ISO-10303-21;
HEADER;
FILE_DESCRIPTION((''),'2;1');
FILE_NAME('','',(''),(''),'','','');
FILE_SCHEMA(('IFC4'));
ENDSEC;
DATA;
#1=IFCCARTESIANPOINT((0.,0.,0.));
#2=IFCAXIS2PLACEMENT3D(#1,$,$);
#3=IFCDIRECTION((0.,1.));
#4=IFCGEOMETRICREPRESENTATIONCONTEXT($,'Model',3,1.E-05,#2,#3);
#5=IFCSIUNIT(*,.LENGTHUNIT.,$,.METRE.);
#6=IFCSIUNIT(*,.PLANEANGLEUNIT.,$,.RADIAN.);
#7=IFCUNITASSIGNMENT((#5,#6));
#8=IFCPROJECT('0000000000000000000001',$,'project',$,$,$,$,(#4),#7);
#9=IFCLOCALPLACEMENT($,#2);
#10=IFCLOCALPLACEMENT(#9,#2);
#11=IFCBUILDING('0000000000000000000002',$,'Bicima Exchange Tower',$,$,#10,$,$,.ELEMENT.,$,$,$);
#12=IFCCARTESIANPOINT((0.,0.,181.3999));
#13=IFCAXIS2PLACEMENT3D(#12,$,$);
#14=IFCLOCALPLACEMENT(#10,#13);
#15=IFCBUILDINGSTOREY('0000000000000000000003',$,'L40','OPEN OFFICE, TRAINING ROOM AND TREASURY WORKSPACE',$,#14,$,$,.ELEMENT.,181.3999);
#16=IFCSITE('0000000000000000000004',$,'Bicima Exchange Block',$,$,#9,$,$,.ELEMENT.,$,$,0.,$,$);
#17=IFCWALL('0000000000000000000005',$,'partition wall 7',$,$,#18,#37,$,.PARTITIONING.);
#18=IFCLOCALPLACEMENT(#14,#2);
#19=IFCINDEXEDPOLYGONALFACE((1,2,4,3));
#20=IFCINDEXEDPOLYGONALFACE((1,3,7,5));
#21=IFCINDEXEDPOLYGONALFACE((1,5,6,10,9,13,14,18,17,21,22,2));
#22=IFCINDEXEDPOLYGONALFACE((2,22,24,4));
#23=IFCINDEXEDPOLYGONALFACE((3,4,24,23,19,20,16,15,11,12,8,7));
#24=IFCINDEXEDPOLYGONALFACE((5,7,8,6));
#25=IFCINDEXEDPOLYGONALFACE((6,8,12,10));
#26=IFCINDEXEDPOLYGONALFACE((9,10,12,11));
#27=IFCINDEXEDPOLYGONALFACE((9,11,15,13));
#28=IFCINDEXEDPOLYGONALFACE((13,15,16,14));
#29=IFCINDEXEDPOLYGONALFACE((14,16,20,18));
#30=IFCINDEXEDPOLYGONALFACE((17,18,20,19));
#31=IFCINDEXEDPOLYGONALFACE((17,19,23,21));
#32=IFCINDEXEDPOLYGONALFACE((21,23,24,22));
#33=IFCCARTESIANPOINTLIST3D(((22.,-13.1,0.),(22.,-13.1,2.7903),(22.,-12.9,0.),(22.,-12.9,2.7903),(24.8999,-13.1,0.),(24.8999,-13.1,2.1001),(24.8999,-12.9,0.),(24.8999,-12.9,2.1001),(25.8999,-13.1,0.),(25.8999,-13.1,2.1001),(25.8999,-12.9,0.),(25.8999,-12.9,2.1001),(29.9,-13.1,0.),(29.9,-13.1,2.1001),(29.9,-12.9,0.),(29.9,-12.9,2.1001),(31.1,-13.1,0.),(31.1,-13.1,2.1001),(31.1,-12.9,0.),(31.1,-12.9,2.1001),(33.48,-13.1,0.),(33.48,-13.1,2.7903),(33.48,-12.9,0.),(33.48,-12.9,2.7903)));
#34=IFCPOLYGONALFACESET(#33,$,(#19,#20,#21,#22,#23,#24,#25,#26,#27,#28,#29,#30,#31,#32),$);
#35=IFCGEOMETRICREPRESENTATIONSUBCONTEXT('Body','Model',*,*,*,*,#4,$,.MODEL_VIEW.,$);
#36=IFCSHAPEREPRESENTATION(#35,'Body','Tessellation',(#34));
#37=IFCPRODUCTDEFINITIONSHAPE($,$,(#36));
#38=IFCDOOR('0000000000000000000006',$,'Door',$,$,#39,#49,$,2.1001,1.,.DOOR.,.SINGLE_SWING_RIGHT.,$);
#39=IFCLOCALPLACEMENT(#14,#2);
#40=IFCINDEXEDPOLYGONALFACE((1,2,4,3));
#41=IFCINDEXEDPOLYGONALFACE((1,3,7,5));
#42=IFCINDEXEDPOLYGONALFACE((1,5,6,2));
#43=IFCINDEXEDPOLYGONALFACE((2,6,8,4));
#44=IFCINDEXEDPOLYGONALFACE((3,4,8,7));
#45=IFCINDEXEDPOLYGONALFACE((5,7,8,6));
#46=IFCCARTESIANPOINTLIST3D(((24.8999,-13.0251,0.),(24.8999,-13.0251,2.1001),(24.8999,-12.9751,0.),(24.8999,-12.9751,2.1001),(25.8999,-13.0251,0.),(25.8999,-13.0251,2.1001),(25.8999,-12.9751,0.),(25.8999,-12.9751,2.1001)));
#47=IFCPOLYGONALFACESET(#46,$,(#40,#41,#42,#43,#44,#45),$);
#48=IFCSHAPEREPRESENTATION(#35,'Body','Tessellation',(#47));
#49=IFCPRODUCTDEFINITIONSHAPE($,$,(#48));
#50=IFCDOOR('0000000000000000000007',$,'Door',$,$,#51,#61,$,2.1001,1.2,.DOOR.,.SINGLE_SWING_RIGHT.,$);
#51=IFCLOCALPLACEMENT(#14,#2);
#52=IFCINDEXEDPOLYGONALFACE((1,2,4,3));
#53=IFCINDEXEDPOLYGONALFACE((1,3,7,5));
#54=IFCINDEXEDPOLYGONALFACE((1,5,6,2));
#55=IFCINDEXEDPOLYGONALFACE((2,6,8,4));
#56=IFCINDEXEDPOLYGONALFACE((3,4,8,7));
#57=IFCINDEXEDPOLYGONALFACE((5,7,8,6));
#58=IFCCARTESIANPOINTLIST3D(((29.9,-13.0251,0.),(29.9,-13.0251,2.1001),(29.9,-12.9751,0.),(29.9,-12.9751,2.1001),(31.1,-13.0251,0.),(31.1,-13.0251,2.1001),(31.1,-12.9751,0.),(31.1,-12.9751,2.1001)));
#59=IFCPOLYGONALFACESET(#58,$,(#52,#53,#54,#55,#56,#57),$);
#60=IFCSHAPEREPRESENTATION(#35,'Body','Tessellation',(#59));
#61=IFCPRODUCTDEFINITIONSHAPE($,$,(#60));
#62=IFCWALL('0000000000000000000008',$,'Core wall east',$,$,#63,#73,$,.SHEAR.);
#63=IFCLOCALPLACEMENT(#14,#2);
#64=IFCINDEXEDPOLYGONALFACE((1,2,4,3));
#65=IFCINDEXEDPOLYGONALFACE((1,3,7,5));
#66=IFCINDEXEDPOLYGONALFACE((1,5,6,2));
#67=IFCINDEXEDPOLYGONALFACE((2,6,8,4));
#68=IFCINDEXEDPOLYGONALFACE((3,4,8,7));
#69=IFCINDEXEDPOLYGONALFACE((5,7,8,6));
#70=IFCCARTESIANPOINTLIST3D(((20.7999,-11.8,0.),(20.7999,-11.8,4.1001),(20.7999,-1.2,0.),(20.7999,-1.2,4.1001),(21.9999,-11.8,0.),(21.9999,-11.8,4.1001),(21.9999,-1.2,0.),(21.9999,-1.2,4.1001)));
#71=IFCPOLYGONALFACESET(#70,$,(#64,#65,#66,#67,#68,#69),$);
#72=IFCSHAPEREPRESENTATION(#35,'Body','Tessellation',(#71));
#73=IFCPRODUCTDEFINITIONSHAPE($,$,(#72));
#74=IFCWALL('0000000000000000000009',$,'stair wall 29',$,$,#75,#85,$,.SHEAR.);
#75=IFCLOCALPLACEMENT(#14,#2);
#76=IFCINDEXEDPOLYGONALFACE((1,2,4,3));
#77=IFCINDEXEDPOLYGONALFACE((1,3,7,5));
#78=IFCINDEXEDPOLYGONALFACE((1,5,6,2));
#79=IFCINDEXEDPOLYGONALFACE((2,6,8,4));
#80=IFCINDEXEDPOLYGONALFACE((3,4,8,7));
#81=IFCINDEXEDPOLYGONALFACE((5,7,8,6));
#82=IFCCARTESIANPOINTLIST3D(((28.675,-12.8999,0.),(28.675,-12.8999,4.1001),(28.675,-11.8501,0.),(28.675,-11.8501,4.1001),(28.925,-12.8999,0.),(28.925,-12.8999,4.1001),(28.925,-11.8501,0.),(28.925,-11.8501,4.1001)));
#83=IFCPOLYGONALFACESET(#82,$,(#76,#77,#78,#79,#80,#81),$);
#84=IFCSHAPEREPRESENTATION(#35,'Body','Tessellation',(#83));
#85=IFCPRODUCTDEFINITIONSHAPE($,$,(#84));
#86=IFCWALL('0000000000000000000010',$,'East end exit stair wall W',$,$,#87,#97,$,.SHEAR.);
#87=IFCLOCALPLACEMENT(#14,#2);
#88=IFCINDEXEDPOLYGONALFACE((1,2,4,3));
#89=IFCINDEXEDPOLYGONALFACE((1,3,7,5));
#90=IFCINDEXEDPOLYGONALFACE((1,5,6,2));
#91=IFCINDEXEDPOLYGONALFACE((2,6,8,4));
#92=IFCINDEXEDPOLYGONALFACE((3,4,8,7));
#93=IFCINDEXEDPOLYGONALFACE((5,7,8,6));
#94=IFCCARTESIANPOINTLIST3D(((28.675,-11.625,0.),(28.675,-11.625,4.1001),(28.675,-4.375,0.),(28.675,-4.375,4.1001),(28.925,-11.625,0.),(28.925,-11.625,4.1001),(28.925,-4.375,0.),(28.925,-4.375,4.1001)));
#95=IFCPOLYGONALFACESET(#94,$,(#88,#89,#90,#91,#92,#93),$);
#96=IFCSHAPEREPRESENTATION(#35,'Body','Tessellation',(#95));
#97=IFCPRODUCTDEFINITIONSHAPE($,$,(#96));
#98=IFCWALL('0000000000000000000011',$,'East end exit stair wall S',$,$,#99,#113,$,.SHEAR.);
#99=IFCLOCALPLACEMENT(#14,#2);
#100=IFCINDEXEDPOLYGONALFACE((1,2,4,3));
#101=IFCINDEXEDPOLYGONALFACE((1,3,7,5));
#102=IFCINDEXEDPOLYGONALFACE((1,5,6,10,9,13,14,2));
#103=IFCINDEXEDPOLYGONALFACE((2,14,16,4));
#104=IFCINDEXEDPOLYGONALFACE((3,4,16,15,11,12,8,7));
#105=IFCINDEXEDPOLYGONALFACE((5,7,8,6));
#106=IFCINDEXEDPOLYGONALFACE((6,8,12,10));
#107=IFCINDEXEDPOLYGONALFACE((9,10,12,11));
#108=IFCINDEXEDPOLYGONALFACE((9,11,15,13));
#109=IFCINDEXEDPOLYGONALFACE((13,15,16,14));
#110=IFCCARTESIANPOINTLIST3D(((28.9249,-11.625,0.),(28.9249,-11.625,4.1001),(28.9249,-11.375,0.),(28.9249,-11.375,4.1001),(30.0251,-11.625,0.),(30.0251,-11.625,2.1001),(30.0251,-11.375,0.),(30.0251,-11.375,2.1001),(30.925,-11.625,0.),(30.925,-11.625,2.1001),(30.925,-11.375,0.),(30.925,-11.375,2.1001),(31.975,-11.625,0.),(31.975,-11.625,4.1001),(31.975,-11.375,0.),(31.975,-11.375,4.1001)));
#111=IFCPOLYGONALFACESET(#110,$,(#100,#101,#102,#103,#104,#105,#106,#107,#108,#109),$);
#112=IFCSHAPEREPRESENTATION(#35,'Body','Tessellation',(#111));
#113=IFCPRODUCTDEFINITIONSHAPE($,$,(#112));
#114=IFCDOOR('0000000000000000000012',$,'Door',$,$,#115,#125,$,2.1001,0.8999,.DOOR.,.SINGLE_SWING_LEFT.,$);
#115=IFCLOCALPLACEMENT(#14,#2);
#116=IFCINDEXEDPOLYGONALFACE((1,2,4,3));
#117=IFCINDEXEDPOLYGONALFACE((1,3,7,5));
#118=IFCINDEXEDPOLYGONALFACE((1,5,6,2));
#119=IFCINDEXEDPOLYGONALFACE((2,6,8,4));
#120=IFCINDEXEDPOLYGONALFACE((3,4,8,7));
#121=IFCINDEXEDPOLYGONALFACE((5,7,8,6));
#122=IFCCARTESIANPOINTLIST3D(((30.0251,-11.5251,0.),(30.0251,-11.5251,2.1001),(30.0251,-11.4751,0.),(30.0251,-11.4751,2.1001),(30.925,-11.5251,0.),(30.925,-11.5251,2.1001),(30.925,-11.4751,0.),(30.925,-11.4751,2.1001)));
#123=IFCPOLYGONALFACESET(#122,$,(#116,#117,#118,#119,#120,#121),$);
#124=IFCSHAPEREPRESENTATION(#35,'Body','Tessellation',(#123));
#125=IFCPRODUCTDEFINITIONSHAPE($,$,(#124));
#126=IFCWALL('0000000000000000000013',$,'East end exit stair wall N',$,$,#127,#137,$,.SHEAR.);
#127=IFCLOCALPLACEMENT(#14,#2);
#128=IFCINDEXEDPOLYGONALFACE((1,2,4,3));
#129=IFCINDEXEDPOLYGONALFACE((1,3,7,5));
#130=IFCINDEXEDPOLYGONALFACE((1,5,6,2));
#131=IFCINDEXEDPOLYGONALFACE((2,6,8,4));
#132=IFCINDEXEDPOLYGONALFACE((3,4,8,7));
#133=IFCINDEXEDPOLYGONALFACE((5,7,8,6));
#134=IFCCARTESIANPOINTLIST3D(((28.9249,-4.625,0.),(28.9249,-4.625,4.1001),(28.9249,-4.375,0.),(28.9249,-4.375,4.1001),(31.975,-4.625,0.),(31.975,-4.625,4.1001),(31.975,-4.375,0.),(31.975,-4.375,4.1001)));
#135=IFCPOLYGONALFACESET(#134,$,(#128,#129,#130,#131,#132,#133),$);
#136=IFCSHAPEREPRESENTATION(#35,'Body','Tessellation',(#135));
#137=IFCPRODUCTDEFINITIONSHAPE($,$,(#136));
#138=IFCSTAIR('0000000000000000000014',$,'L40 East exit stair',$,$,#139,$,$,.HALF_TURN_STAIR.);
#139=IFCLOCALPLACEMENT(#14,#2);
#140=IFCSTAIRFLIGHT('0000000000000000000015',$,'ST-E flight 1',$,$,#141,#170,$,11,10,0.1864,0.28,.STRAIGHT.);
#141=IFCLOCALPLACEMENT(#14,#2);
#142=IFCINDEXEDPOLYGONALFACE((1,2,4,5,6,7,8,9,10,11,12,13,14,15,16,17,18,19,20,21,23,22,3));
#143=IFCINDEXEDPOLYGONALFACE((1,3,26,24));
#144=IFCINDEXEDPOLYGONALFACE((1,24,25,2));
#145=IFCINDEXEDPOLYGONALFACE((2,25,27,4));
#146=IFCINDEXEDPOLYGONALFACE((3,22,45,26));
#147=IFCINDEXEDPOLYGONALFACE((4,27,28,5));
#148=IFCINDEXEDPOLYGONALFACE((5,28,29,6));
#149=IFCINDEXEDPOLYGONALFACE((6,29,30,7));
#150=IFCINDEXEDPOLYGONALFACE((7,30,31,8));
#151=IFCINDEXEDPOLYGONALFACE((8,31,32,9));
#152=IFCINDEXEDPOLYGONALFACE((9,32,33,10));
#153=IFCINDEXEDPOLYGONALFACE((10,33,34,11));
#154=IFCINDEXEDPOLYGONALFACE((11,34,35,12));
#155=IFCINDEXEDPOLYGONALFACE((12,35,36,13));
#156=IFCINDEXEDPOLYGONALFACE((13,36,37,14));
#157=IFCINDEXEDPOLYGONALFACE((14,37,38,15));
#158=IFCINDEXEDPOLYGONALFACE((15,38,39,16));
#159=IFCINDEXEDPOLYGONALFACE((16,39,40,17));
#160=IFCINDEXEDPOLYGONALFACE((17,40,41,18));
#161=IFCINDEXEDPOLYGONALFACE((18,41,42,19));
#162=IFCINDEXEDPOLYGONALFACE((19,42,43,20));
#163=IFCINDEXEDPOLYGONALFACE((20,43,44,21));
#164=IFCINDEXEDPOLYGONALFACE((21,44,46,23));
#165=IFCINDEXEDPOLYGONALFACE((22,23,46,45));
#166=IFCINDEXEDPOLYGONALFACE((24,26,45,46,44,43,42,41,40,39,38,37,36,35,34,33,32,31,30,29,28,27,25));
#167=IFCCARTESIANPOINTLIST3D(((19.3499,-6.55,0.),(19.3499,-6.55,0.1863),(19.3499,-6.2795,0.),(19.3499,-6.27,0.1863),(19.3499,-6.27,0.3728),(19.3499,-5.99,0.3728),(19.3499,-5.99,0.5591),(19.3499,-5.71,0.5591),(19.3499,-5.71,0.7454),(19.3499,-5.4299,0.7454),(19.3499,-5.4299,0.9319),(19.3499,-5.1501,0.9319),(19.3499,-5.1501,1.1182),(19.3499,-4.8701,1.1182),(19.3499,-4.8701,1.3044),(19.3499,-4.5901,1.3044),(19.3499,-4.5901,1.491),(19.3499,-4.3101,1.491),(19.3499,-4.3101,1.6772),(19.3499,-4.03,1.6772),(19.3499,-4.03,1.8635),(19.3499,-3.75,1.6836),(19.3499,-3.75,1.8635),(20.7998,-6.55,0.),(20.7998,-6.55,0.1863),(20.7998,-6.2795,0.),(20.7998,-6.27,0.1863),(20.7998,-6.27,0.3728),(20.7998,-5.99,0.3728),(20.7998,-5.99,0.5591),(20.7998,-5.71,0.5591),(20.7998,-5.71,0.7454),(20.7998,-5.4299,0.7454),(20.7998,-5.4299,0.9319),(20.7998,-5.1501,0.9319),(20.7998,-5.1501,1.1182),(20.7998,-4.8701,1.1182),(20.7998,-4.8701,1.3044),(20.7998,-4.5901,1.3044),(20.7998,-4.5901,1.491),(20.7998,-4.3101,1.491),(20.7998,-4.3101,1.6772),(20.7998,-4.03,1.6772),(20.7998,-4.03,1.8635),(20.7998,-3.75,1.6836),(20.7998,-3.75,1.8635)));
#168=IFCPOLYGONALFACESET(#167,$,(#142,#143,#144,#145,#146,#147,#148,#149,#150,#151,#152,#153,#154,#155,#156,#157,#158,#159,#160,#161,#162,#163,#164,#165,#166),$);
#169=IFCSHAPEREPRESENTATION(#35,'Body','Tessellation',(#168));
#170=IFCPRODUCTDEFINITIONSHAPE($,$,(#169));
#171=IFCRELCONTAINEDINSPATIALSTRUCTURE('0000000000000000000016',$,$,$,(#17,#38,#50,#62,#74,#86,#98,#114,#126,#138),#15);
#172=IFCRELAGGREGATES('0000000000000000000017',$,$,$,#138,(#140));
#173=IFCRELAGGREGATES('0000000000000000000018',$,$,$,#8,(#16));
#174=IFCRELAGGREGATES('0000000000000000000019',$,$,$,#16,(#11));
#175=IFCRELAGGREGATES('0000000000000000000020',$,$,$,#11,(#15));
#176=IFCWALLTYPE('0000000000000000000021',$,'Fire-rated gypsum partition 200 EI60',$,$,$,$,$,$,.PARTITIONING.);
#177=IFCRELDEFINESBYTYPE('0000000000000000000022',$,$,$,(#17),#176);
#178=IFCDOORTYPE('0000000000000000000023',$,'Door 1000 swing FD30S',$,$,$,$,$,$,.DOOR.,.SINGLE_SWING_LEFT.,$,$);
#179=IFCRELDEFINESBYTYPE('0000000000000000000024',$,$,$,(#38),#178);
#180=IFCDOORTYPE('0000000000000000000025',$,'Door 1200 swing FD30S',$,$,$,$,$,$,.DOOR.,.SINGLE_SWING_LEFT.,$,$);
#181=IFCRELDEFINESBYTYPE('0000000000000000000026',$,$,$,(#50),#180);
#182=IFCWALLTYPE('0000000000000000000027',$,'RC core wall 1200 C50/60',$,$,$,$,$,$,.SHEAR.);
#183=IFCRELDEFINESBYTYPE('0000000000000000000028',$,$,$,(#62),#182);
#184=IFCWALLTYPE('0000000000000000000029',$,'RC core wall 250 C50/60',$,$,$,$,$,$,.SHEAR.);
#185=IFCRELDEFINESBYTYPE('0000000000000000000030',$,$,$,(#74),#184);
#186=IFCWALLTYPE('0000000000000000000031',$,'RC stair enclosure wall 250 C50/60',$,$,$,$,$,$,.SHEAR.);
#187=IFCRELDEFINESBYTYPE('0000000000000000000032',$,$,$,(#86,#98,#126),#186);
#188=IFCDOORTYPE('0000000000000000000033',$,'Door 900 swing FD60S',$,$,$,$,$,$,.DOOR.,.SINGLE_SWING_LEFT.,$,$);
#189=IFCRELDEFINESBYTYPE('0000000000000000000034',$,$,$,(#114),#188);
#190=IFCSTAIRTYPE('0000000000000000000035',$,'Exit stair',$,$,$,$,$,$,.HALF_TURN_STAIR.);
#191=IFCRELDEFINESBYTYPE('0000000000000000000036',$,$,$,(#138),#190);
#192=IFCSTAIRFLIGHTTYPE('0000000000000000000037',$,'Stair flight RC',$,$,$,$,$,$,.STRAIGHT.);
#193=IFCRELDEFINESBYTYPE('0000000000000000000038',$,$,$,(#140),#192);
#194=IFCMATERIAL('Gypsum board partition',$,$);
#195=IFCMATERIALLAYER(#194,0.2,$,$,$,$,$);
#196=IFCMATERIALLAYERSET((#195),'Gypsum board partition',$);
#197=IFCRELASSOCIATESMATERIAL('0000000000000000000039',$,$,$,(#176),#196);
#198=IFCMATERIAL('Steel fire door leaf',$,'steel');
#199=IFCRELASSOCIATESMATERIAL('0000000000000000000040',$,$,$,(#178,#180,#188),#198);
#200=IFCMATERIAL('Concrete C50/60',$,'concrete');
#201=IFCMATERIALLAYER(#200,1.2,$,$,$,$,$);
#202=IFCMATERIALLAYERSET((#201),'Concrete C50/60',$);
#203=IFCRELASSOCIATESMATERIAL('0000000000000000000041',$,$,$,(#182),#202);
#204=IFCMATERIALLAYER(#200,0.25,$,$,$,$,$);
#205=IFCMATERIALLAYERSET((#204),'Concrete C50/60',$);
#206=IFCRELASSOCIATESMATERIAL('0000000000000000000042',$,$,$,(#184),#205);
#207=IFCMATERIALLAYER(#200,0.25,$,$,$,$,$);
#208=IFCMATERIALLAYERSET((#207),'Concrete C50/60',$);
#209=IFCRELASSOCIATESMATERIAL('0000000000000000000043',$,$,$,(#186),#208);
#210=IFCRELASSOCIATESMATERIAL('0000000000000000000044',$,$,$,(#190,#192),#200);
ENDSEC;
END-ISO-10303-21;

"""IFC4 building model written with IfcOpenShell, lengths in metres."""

from ifc_helpers import new_model, si_unit, direction, frame, frame_2d, origin, place, context, subcontext, project, spatial, polyline, rectangle, outline, extrude, material, layer, layer_set, type_object, element, fill, aggregate, save


model = new_model("IFC4")

# Units and contexts
model_context = context("Model", 3, precision=1e-05, world=origin(), true_north=direction((0.0, 1.0)))
body_context = subcontext(model_context, "Body", "Model", "MODEL_VIEW")
ifc_project = project(units=[si_unit("LENGTHUNIT", "METRE"), si_unit("PLANEANGLEUNIT", "RADIAN")], contexts=[model_context])

# Site, building, storey
site_placement = place(None, origin())
site = spatial("IfcSite", under=ifc_project, at=site_placement, Name="Bicima Exchange Block", CompositionType="ELEMENT", RefElevation=0.0)
building_placement = place(site_placement, origin())
building = spatial("IfcBuilding", under=site, at=building_placement, Name="Bicima Exchange Tower", CompositionType="ELEMENT")
storey_placement = place(building_placement, frame((0.0, 0.0, 181.3999)))
storey = spatial("IfcBuildingStorey", under=building, at=storey_placement, Name="L40", Description="OPEN OFFICE, TRAINING ROOM AND TREASURY WORKSPACE", CompositionType="ELEMENT", Elevation=181.3999)

# Wall, openings, doors
ifc_material_1 = material(Name="Gypsum board partition")
ifc_layer_1 = layer(ifc_material_1, 0.2)
ifc_layer_set_1 = layer_set([ifc_layer_1], Name="Gypsum board partition")
wall_type_1 = type_object("IfcWallType", Name="Fire-rated gypsum partition 200 EI60", PredefinedType="PARTITIONING", material=ifc_layer_set_1)
wall_1_placement = place(storey_placement, frame((22.0, -13.0, 0.0), z_axis=(0.0, 0.0, 1.0), x_axis=(1.0, 0.0, 0.0)))
wall_1 = element("IfcWall", 1, at=wall_1_placement, inside=storey, type_object=wall_type_1, Name="partition wall 7", PredefinedType="PARTITIONING", context=body_context, shape_type="SweptSolid", body=[
    extrude(rectangle(XDim=11.48, YDim=0.2, at=frame_2d((5.74, 0.0))), origin(), (0.0, 0.0, 1.0), 2.7903),
])
opening_1_placement = place(wall_1_placement, frame((7.8999, 0.0, 0.0)))
opening_1 = element("IfcOpeningElement", 2, at=opening_1_placement, cuts=wall_1, PredefinedType="OPENING", context=body_context, shape_type="SweptSolid", body=[
    extrude(rectangle(XDim=1.2, YDim=2.1001, at=frame_2d((0.6001, 1.05))), frame((0.0, 0.1118, 0.0), z_axis=(0.0, -1.0, 0.0), x_axis=(1.0, 0.0, 0.0)), (0.0, 0.0, 1.0), 0.2239),
])
opening_2_placement = place(wall_1_placement, frame((2.8999, 0.0, 0.0)))
opening_2 = element("IfcOpeningElement", 3, at=opening_2_placement, cuts=wall_1, PredefinedType="OPENING", context=body_context, shape_type="SweptSolid", body=[
    extrude(rectangle(XDim=1.0, YDim=2.1001, at=frame_2d((0.5, 1.05))), frame((0.0, 0.1118, 0.0), z_axis=(0.0, -1.0, 0.0), x_axis=(1.0, 0.0, 0.0)), (0.0, 0.0, 1.0), 0.2239),
])
ifc_material_2 = material(Name="Steel fire door leaf", Category="steel")
door_type_1 = type_object("IfcDoorType", Name="Door 1000 swing FD30S", OperationType="SINGLE_SWING_LEFT", PredefinedType="DOOR", material=ifc_material_2)
door_1_placement = place(opening_2_placement, origin())
door_1 = element("IfcDoor", 4, at=door_1_placement, inside=storey, type_object=door_type_1, Name="Door", OperationType="SINGLE_SWING_RIGHT", OverallHeight=2.1001, OverallWidth=1.0, PredefinedType="DOOR", context=body_context, shape_type="SweptSolid", body=[
    extrude(rectangle(XDim=1.0, YDim=2.1001, at=frame_2d((0.5, 1.05))), frame((0.0, 0.0249, 0.0), z_axis=(0.0, -1.0, 0.0), x_axis=(1.0, 0.0, 0.0)), (0.0, 0.0, 1.0), 0.05),
])
fill(opening_2, door_1)
door_type_2 = type_object("IfcDoorType", Name="Door 1200 swing FD30S", OperationType="SINGLE_SWING_LEFT", PredefinedType="DOOR", material=ifc_material_2)
door_2_placement = place(opening_1_placement, origin())
door_2 = element("IfcDoor", 5, at=door_2_placement, inside=storey, type_object=door_type_2, Name="Door", OperationType="SINGLE_SWING_RIGHT", OverallHeight=2.1001, OverallWidth=1.2, PredefinedType="DOOR", context=body_context, shape_type="SweptSolid", body=[
    extrude(rectangle(XDim=1.2, YDim=2.1001, at=frame_2d((0.6001, 1.05))), frame((0.0, 0.0249, 0.0), z_axis=(0.0, -1.0, 0.0), x_axis=(1.0, 0.0, 0.0)), (0.0, 0.0, 1.0), 0.05),
])
fill(opening_1, door_2)

# Walls
ifc_material_3 = material(Name="Concrete C50/60", Category="concrete")
ifc_layer_2 = layer(ifc_material_3, 1.2)
ifc_layer_set_2 = layer_set([ifc_layer_2], Name="Concrete C50/60")
wall_type_2 = type_object("IfcWallType", Name="RC core wall 1200 C50/60", PredefinedType="SHEAR", material=ifc_layer_set_2)
wall_2_placement = place(storey_placement, frame((21.3999, -11.8, 0.0), z_axis=(0.0, 0.0, 1.0), x_axis=(0.0, 1.0, 0.0)))
element("IfcWall", 6, at=wall_2_placement, inside=storey, type_object=wall_type_2, Name="Core wall east", PredefinedType="SHEAR", context=body_context, shape_type="SweptSolid", body=[
    extrude(rectangle(XDim=10.6001, YDim=1.2, at=frame_2d((5.3, 0.0))), origin(), (0.0, 0.0, 1.0), 4.1001),
])
ifc_layer_3 = layer(ifc_material_3, 0.25)
ifc_layer_set_3 = layer_set([ifc_layer_3], Name="Concrete C50/60")
wall_type_3 = type_object("IfcWallType", Name="RC core wall 250 C50/60", PredefinedType="SHEAR", material=ifc_layer_set_3)
wall_3_placement = place(storey_placement, frame((28.8, -12.8999, 0.0), z_axis=(0.0, 0.0, 1.0), x_axis=(0.0, 1.0, 0.0)))
element("IfcWall", 7, at=wall_3_placement, inside=storey, type_object=wall_type_3, Name="stair wall 29", PredefinedType="SHEAR", context=body_context, shape_type="SweptSolid", body=[
    extrude(rectangle(XDim=1.0498, YDim=0.25, at=frame_2d((0.5249, 0.0))), origin(), (0.0, 0.0, 1.0), 4.1001),
])
ifc_layer_4 = layer(ifc_material_3, 0.25)
ifc_layer_set_4 = layer_set([ifc_layer_4], Name="Concrete C50/60")
wall_type_4 = type_object("IfcWallType", Name="RC stair enclosure wall 250 C50/60", PredefinedType="SHEAR", material=ifc_layer_set_4)
wall_4_placement = place(storey_placement, frame((28.8, -11.625, 0.0), z_axis=(0.0, 0.0, 1.0), x_axis=(0.0, 1.0, 0.0)))
element("IfcWall", 8, at=wall_4_placement, inside=storey, type_object=wall_type_4, Name="East end exit stair wall W", PredefinedType="SHEAR", context=body_context, shape_type="SweptSolid", body=[
    extrude(rectangle(XDim=7.25, YDim=0.25, at=frame_2d((3.625, 0.0))), origin(), (0.0, 0.0, 1.0), 4.1001),
])

# Wall, opening, door
wall_5_placement = place(storey_placement, frame((28.925, -11.5, 0.0), z_axis=(0.0, 0.0, 1.0), x_axis=(1.0, 0.0, 0.0)))
wall_5 = element("IfcWall", 9, at=wall_5_placement, inside=storey, type_object=wall_type_4, Name="East end exit stair wall S", PredefinedType="SHEAR", context=body_context, shape_type="SweptSolid", body=[
    extrude(rectangle(XDim=3.05, YDim=0.25, at=frame_2d((1.5249, 0.0))), origin(), (0.0, 0.0, 1.0), 4.1001),
])
opening_3_placement = place(wall_5_placement, frame((1.1001, 0.0, 0.0)))
opening_3 = element("IfcOpeningElement", 10, at=opening_3_placement, cuts=wall_5, PredefinedType="OPENING", context=body_context, shape_type="SweptSolid", body=[
    extrude(rectangle(XDim=0.8999, YDim=2.1001, at=frame_2d((0.45, 1.05))), frame((0.0, 0.137, 0.0), z_axis=(0.0, -1.0, 0.0), x_axis=(1.0, 0.0, 0.0)), (0.0, 0.0, 1.0), 0.2739),
])
door_type_3 = type_object("IfcDoorType", Name="Door 900 swing FD60S", OperationType="SINGLE_SWING_LEFT", PredefinedType="DOOR", material=ifc_material_2)
door_3_placement = place(opening_3_placement, origin())
door_3 = element("IfcDoor", 11, at=door_3_placement, inside=storey, type_object=door_type_3, Name="Door", OperationType="SINGLE_SWING_LEFT", OverallHeight=2.1001, OverallWidth=0.8999, PredefinedType="DOOR", context=body_context, shape_type="SweptSolid", body=[
    extrude(rectangle(XDim=0.8999, YDim=2.1001, at=frame_2d((0.45, 1.05))), frame((0.0, 0.0249, 0.0), z_axis=(0.0, -1.0, 0.0), x_axis=(1.0, 0.0, 0.0)), (0.0, 0.0, 1.0), 0.05),
])
fill(opening_3, door_3)

# Wall
wall_6_placement = place(storey_placement, frame((28.925, -4.5, 0.0), z_axis=(0.0, 0.0, 1.0), x_axis=(1.0, 0.0, 0.0)))
element("IfcWall", 12, at=wall_6_placement, inside=storey, type_object=wall_type_4, Name="East end exit stair wall N", PredefinedType="SHEAR", context=body_context, shape_type="SweptSolid", body=[
    extrude(rectangle(XDim=3.05, YDim=0.25, at=frame_2d((1.5249, 0.0))), origin(), (0.0, 0.0, 1.0), 4.1001),
])

# Stair, stair flight
stair_type = type_object("IfcStairType", Name="Exit stair", PredefinedType="HALF_TURN_STAIR", material=ifc_material_3)
stair_1_placement = place(storey_placement, origin())
stair_1 = element("IfcStair", 13, at=stair_1_placement, inside=storey, type_object=stair_type, Name="L40 East exit stair", PredefinedType="HALF_TURN_STAIR")
stair_flight_type = type_object("IfcStairFlightType", Name="Stair flight RC", PredefinedType="STRAIGHT", material=ifc_material_3)
stair_flight_1_placement = place(storey_placement, frame((20.075, -6.55, 0.0), z_axis=(0.0, 0.0, 1.0), x_axis=(0.0, 1.0, 0.0)))
stair_flight_1 = element("IfcStairFlight", 14, at=stair_flight_1_placement, type_object=stair_flight_type, Name="ST-E flight 1", NumberOfRisers=11, NumberOfTreads=10, PredefinedType="STRAIGHT", RiserHeight=0.1864, TreadLength=0.28, context=body_context, shape_type="SweptSolid", body=[
    extrude(outline(polyline([(0.0, 0.0), (0.0, 0.1863), (0.28, 0.1863), (0.28, 0.3728), (0.5601, 0.3728), (0.5601, 0.5591), (0.8401, 0.5591), (0.8401, 0.7454), (1.1201, 0.7454), (1.1201, 0.9319), (1.3999, 0.9319), (1.3999, 1.1182), (1.6799, 1.1182), (1.6799, 1.3044), (1.96, 1.3044), (1.96, 1.491), (2.24, 1.491), (2.24, 1.6772), (2.52, 1.6772), (2.52, 1.8635), (2.8, 1.8635), (2.8, 2.05), (2.8, 1.6836), (0.2705, 0.0), (0.0, 0.0)])), frame((0.0, 0.7251, 0.0), z_axis=(0.0, -1.0, 0.0), x_axis=(1.0, 0.0, 0.0)), (0.0, 0.0, 1.0), 1.45),
])
aggregate(stair_1, [stair_flight_1])

save(model, "model.ifc")
